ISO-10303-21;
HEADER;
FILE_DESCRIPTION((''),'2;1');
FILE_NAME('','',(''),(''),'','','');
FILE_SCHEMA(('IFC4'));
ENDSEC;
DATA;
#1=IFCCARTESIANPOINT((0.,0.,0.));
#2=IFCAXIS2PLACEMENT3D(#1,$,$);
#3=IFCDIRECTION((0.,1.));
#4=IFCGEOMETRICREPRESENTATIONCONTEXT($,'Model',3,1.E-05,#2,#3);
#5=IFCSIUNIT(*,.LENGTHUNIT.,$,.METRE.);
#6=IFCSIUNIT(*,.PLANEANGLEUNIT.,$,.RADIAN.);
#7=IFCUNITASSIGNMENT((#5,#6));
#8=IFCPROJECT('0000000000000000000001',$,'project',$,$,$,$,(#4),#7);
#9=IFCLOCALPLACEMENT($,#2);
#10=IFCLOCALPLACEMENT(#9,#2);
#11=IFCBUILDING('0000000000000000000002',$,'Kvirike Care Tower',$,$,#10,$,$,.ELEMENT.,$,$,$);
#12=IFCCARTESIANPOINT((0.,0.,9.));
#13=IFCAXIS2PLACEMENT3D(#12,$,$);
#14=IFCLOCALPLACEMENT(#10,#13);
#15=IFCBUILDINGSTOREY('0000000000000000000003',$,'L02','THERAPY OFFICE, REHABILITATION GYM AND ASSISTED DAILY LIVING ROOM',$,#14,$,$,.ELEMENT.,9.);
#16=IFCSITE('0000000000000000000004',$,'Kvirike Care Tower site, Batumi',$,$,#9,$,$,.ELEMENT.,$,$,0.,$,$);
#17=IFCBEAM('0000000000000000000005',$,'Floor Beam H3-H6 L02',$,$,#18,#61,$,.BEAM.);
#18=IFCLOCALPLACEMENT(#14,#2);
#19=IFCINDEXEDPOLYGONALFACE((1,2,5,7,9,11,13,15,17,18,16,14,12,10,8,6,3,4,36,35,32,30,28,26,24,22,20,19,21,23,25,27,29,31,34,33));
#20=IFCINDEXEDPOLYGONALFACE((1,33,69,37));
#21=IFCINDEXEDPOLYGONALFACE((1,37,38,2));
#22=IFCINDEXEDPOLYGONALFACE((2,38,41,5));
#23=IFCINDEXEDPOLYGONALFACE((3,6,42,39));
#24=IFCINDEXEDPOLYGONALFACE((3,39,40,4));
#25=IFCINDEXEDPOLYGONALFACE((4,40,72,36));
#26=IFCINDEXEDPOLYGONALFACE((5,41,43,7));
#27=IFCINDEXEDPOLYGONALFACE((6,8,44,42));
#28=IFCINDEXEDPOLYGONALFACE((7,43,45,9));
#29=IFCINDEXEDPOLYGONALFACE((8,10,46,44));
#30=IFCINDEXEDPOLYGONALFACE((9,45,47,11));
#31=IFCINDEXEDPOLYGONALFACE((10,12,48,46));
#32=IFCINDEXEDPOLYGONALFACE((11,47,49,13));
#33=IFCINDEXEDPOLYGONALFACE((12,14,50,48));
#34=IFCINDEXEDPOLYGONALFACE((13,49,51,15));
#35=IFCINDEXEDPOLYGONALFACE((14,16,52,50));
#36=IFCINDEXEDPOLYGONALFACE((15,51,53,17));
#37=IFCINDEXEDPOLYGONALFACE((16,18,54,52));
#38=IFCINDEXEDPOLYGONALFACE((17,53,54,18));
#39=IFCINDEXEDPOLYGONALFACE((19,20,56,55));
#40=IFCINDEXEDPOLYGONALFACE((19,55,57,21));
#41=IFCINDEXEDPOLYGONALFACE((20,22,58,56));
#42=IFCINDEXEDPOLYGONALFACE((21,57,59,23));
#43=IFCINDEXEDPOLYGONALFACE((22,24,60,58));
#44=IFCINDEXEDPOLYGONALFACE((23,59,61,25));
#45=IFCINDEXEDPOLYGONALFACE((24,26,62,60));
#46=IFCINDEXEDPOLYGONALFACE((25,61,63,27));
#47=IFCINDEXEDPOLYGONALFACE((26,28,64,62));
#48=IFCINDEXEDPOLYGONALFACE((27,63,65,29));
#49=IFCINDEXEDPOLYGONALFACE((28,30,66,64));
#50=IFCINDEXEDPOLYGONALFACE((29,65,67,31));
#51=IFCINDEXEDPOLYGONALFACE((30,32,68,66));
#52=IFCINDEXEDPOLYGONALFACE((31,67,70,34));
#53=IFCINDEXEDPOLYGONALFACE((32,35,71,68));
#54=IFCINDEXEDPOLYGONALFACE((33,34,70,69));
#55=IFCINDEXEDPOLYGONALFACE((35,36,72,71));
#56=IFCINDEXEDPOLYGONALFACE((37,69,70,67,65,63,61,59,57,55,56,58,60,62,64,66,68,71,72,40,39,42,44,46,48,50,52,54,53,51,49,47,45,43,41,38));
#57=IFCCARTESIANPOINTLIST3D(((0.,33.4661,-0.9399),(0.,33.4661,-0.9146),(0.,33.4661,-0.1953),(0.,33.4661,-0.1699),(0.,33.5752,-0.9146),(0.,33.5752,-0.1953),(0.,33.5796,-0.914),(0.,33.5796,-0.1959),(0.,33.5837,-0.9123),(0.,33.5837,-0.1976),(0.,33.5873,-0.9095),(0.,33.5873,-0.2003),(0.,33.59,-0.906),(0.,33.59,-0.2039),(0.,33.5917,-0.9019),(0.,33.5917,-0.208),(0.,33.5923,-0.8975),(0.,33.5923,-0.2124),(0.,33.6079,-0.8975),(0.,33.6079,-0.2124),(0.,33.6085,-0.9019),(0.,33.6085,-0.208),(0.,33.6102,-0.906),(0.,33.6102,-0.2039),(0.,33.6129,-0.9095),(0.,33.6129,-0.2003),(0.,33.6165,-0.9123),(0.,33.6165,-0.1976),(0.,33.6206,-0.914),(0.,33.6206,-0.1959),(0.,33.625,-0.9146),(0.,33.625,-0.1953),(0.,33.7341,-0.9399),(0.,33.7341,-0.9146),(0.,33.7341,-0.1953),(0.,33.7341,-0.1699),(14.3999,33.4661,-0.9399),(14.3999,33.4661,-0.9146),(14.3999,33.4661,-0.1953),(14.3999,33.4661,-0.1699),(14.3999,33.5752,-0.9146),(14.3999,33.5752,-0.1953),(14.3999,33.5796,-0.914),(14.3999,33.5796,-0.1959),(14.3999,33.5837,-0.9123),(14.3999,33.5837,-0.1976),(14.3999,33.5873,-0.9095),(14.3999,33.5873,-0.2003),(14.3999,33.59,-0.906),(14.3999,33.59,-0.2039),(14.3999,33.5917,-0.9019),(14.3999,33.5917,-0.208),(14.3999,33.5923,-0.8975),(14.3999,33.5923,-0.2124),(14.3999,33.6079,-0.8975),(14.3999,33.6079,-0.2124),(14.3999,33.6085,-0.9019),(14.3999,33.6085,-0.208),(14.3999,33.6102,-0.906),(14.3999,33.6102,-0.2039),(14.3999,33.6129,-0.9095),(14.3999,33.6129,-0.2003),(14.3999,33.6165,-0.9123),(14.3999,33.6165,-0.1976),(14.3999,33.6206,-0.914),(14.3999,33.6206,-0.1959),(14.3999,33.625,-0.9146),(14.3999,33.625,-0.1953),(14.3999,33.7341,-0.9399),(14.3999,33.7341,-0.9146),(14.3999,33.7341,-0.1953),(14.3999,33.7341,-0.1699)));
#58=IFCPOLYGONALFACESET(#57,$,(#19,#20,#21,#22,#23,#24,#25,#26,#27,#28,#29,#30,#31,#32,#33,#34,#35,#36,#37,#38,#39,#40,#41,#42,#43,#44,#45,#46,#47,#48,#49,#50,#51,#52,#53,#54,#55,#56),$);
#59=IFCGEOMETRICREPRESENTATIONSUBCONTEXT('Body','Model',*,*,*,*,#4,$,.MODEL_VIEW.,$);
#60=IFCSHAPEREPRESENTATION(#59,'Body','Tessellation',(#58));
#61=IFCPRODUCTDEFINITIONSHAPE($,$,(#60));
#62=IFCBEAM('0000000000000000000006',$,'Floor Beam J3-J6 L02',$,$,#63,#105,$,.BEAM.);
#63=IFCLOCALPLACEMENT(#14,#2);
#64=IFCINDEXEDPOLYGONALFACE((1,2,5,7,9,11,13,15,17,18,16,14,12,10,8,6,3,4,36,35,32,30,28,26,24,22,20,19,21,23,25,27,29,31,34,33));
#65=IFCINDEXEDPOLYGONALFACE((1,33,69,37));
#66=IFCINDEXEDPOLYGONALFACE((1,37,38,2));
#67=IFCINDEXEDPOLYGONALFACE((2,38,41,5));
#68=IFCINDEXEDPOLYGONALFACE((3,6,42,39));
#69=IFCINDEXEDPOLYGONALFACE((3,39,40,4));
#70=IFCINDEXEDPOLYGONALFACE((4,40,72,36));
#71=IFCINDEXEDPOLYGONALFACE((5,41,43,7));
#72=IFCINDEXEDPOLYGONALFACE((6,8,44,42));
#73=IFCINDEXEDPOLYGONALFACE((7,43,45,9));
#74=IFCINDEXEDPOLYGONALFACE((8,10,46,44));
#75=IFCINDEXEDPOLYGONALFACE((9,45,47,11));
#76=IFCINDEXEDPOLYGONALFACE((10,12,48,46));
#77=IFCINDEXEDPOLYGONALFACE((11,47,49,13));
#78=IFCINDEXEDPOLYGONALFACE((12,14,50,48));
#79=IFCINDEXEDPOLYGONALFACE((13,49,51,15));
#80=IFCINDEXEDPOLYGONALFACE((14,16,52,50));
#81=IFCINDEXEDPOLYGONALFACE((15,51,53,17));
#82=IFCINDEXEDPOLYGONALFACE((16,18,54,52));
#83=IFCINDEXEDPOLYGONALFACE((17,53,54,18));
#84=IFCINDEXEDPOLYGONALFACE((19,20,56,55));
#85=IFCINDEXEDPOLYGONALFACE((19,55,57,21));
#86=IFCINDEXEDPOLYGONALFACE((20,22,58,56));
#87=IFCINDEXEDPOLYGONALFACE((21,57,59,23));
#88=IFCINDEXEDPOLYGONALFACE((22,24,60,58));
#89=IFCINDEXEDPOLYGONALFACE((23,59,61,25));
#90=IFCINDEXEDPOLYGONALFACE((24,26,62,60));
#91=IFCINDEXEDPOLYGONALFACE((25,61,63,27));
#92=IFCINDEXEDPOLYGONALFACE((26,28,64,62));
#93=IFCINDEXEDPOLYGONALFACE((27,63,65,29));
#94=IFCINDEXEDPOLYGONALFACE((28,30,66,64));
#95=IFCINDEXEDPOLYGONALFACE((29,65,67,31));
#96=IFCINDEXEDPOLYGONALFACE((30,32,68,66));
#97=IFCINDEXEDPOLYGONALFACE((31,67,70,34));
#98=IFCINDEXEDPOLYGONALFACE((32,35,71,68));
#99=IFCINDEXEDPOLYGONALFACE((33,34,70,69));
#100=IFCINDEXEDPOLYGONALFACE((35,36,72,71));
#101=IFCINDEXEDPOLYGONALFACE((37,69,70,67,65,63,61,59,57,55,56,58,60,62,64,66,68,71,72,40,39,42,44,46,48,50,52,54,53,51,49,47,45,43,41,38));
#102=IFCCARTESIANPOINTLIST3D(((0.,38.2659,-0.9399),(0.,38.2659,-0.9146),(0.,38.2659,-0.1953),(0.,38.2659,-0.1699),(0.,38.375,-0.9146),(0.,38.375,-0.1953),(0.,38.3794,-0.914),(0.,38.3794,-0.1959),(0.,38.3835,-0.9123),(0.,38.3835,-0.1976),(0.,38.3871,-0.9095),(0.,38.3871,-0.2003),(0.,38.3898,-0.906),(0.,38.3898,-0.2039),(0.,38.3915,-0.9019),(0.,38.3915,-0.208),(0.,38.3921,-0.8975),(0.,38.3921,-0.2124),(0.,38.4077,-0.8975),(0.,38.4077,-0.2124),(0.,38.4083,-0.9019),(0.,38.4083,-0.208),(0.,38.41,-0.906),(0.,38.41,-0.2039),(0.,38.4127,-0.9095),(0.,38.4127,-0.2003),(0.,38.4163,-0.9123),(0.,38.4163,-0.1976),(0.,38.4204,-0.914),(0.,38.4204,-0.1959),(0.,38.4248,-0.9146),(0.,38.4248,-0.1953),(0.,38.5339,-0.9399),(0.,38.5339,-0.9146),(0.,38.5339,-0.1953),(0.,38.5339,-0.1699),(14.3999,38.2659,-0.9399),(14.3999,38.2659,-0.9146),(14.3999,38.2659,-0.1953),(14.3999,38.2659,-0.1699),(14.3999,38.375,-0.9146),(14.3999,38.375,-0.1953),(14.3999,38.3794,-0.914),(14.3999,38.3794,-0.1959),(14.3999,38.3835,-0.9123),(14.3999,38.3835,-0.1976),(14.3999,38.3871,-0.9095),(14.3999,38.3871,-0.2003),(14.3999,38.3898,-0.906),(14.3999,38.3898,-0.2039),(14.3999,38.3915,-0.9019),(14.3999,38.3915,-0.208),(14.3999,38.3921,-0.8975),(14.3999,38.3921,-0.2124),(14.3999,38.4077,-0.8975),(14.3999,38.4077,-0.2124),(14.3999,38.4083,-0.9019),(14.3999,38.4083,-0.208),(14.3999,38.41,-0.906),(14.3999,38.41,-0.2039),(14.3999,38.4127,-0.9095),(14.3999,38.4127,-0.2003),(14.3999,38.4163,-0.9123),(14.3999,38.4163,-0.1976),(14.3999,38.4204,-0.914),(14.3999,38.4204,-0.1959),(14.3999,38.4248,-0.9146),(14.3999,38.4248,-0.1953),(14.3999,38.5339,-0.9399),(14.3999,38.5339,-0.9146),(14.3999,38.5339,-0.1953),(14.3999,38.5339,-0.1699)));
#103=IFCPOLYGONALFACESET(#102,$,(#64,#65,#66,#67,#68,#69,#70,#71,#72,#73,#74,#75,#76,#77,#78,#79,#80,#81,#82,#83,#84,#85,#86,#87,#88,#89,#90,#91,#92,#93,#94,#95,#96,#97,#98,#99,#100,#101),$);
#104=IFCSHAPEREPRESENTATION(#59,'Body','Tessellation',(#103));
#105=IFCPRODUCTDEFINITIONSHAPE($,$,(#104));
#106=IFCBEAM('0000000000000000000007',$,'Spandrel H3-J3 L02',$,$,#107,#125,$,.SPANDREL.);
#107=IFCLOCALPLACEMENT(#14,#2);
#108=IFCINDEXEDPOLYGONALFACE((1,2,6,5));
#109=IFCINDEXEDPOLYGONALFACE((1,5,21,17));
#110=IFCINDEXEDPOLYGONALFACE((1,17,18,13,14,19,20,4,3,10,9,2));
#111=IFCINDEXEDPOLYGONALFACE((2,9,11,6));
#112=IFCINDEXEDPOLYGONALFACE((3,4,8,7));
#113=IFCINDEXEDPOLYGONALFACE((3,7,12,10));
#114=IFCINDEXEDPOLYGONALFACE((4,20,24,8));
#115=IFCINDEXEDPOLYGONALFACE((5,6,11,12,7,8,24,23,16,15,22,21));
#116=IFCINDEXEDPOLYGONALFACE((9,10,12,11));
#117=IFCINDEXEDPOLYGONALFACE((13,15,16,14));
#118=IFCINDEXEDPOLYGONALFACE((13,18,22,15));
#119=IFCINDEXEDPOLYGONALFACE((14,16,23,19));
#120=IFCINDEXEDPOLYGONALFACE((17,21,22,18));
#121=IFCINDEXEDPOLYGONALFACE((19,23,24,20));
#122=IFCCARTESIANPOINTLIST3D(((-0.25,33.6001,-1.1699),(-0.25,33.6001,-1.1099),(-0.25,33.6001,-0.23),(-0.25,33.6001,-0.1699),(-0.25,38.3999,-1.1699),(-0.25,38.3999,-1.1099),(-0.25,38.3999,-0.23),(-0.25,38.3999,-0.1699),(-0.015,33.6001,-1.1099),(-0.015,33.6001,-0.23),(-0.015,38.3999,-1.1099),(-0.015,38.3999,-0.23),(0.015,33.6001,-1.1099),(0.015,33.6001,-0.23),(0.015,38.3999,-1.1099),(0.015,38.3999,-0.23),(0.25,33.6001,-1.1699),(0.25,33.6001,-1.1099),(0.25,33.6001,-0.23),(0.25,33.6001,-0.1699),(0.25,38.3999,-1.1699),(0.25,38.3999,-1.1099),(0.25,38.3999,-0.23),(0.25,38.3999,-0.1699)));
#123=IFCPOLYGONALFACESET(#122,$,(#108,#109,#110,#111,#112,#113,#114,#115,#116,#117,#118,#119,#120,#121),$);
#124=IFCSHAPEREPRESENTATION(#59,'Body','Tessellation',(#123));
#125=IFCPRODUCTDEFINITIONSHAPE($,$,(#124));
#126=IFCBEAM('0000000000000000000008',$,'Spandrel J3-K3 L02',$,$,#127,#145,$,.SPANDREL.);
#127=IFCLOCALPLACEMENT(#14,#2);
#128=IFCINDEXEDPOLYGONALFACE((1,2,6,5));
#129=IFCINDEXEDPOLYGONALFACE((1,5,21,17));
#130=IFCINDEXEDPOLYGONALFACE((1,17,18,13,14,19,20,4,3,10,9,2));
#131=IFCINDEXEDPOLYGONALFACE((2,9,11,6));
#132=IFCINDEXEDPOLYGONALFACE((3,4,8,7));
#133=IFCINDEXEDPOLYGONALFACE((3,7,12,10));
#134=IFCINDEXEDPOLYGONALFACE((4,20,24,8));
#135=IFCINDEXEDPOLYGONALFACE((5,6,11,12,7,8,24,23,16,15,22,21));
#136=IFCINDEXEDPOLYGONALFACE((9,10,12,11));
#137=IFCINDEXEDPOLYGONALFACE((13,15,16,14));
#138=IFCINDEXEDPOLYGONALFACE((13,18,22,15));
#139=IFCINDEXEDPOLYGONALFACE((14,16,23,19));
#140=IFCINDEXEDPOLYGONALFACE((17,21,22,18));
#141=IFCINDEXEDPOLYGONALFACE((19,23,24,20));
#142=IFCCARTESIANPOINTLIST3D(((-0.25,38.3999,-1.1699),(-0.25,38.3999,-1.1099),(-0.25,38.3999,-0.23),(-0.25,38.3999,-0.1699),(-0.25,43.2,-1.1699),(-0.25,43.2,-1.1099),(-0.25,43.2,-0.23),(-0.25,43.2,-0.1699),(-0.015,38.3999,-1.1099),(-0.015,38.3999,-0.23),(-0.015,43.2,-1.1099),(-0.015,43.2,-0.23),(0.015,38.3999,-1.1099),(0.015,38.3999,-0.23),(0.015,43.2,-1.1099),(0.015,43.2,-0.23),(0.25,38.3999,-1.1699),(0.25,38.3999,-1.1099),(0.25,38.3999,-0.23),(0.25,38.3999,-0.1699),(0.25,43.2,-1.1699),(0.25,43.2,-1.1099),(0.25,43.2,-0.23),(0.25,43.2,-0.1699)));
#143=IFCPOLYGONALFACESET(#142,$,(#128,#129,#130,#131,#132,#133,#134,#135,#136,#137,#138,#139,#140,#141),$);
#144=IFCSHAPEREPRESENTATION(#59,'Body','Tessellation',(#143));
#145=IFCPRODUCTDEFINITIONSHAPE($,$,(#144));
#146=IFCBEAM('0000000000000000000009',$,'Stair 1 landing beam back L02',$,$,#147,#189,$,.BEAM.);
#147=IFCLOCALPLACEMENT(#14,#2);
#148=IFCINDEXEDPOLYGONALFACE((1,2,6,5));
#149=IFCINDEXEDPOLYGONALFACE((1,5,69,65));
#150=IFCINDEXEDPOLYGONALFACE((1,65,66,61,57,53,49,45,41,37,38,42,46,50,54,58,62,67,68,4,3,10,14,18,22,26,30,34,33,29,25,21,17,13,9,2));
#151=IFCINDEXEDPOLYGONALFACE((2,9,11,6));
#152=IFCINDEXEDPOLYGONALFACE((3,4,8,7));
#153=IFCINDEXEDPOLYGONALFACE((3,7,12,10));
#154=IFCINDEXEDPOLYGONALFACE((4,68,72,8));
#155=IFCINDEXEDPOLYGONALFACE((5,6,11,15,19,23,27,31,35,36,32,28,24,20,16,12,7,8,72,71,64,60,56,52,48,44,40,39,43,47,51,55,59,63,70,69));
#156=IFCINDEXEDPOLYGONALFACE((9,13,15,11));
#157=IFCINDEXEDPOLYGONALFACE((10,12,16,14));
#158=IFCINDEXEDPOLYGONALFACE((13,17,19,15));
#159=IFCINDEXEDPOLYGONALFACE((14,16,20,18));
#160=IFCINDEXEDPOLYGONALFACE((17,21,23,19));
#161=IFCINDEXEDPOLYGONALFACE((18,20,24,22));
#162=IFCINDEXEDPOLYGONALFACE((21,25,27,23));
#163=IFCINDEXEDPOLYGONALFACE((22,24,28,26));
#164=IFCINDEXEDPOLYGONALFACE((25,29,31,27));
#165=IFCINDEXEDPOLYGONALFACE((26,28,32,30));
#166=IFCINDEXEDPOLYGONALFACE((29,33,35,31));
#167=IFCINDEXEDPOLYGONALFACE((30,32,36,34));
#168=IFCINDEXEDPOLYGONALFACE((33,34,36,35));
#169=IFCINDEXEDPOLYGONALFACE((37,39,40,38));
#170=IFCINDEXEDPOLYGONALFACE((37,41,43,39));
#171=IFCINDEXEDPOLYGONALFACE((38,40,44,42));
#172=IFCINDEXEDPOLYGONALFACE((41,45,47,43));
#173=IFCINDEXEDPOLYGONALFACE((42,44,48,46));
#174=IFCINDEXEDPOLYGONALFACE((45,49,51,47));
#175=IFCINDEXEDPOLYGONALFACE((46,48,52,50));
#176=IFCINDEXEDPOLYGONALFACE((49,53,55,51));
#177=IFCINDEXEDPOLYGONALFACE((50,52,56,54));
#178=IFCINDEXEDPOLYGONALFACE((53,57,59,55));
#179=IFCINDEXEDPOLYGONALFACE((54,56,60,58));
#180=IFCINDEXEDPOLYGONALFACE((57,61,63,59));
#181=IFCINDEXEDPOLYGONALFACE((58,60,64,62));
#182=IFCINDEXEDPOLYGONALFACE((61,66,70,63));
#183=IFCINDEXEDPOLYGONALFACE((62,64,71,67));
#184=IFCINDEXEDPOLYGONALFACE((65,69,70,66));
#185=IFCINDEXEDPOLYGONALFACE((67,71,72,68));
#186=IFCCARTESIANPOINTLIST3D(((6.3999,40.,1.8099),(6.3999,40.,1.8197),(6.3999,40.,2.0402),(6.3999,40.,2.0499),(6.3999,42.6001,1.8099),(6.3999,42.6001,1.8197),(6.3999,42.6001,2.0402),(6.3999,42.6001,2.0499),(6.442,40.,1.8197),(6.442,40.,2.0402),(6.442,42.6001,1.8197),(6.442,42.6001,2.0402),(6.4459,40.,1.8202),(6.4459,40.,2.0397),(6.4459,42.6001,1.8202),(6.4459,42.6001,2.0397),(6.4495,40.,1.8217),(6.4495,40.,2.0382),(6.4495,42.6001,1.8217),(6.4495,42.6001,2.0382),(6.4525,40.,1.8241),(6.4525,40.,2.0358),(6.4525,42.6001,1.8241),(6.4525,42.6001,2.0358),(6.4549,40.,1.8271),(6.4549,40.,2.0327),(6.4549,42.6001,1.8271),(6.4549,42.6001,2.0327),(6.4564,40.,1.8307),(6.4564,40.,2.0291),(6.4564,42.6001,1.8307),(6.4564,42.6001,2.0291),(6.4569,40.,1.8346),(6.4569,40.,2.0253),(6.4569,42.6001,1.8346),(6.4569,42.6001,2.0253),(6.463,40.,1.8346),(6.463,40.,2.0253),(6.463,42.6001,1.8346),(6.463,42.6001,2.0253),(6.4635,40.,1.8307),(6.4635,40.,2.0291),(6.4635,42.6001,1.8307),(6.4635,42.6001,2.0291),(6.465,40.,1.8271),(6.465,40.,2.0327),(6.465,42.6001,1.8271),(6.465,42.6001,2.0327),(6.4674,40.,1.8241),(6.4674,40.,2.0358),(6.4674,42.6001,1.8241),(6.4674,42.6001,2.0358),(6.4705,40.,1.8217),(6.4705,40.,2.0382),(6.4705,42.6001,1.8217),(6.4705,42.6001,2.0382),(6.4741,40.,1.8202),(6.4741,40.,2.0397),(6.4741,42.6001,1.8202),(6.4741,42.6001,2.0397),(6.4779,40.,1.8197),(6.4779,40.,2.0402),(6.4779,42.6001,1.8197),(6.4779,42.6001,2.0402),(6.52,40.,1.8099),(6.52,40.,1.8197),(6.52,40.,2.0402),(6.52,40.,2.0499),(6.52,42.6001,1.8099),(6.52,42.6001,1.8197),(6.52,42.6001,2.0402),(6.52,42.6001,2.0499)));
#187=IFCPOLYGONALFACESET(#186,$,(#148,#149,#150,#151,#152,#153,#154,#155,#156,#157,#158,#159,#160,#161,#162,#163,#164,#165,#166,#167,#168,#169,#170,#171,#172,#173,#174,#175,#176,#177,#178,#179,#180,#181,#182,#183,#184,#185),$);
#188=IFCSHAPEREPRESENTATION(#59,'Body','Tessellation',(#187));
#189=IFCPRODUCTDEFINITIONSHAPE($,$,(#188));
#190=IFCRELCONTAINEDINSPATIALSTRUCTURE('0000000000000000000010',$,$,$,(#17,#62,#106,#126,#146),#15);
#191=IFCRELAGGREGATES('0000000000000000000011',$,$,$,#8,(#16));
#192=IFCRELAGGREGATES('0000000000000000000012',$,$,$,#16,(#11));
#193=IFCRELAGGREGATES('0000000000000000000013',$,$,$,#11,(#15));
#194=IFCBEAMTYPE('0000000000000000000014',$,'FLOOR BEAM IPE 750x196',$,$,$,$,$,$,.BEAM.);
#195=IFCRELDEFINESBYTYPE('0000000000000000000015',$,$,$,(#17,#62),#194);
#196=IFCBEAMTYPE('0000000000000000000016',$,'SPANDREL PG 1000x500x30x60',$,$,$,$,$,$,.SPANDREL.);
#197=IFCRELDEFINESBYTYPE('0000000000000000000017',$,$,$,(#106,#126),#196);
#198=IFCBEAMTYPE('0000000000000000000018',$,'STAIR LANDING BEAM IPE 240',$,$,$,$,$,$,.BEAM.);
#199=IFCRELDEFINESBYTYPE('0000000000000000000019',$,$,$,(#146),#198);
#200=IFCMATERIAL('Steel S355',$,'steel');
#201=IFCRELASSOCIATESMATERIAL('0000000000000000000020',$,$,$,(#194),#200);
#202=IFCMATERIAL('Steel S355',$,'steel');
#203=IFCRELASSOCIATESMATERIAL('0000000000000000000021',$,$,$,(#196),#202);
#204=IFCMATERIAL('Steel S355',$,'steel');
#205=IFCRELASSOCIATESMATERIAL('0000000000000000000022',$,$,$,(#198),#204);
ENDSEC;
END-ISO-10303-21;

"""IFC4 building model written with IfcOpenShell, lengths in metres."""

from ifc_helpers import new_model, si_unit, direction, frame, origin, origin_2d, place, context, subcontext, project, spatial, i_section, extrude, material, material_profile, profile_set, type_object, element, save


model = new_model("IFC4")

# Units and contexts
model_context = context("Model", 3, precision=1e-05, world=origin(), true_north=direction((0.0, 1.0)))
body_context = subcontext(model_context, "Body", "Model", "MODEL_VIEW")
ifc_project = project(units=[si_unit("LENGTHUNIT", "METRE"), si_unit("PLANEANGLEUNIT", "RADIAN")], contexts=[model_context])

# Site, building, storey
site_placement = place(None, origin())
site = spatial("IfcSite", under=ifc_project, at=site_placement, Name="Kvirike Care Tower site, Batumi", CompositionType="ELEMENT", RefElevation=0.0)
building_placement = place(site_placement, origin())
building = spatial("IfcBuilding", under=site, at=building_placement, Name="Kvirike Care Tower", CompositionType="ELEMENT")
storey_placement = place(building_placement, frame((0.0, 0.0, 9.0)))
storey = spatial("IfcBuildingStorey", under=building, at=storey_placement, Name="L02", Description="THERAPY OFFICE, REHABILITATION GYM AND ASSISTED DAILY LIVING ROOM", CompositionType="ELEMENT", Elevation=9.0)

# Beams
ifc_material_1 = material(Name="Steel S355", Category="steel")
ifc_material_profile_1 = material_profile(ifc_material_1, i_section(OverallWidth=0.2681, OverallDepth=0.77, WebThickness=0.0156, FlangeThickness=0.0254, FilletRadius=0.0171, at=origin_2d()), Name="IPE 750x196")
ifc_profile_set_1 = profile_set([ifc_material_profile_1], Name="Steel S355")
beam_type_1 = type_object("IfcBeamType", Name="FLOOR BEAM IPE 750x196", PredefinedType="BEAM", material=ifc_profile_set_1)
for number, where, z_axis, x_axis, name in (
    (1, (0.0, 33.6001, -0.5549), (1.0, 0.0, 0.0), (0.0, 1.0, 0.0), "Floor Beam H3-H6 L02"),
    (2, (0.0, 38.3999, -0.5549), (1.0, 0.0, 0.0), (0.0, 1.0, 0.0), "Floor Beam J3-J6 L02"),
):
    element("IfcBeam", number, at=place(storey_placement, frame(where, z_axis=z_axis, x_axis=x_axis)), inside=storey, type_object=beam_type_1, Name=name, PredefinedType="BEAM", context=body_context, shape_type="SweptSolid", body=[
        extrude(i_section(OverallWidth=0.2681, OverallDepth=0.77, WebThickness=0.0156, FlangeThickness=0.0254, FilletRadius=0.0171, at=origin_2d()), origin(), (0.0, 0.0, 1.0), 14.3999),
    ])
ifc_material_2 = material(Name="Steel S355", Category="steel")
ifc_material_profile_2 = material_profile(ifc_material_2, i_section(OverallWidth=0.5, OverallDepth=1.0, WebThickness=0.03, FlangeThickness=0.0601, at=origin_2d()), Name="PG 1000x500x30x60")
ifc_profile_set_2 = profile_set([ifc_material_profile_2], Name="Steel S355")
beam_type_2 = type_object("IfcBeamType", Name="SPANDREL PG 1000x500x30x60", PredefinedType="SPANDREL", material=ifc_profile_set_2)
beam_1_placement = place(storey_placement, frame((0.0, 33.6001, -0.6699), z_axis=(0.0, 1.0, 0.0), x_axis=(-1.0, 0.0, 0.0)))
element("IfcBeam", 3, at=beam_1_placement, inside=storey, type_object=beam_type_2, Name="Spandrel H3-J3 L02", PredefinedType="SPANDREL", context=body_context, shape_type="SweptSolid", body=[
    extrude(i_section(OverallWidth=0.5, OverallDepth=1.0, WebThickness=0.03, FlangeThickness=0.0601, at=origin_2d()), origin(), (0.0, 0.0, 1.0), 4.7998),
])
beam_2_placement = place(storey_placement, frame((0.0, 38.3999, -0.6699), z_axis=(0.0, 1.0, 0.0), x_axis=(-1.0, 0.0, 0.0)))
element("IfcBeam", 4, at=beam_2_placement, inside=storey, type_object=beam_type_2, Name="Spandrel J3-K3 L02", PredefinedType="SPANDREL", context=body_context, shape_type="SweptSolid", body=[
    extrude(i_section(OverallWidth=0.5, OverallDepth=1.0, WebThickness=0.03, FlangeThickness=0.0601, at=origin_2d()), origin(), (0.0, 0.0, 1.0), 4.8),
])
ifc_material_3 = material(Name="Steel S355", Category="steel")
ifc_material_profile_3 = material_profile(ifc_material_3, i_section(OverallWidth=0.1201, OverallDepth=0.24, WebThickness=0.0061, FlangeThickness=0.0098, FilletRadius=0.0149, at=origin_2d()), Name="IPE 240")
ifc_profile_set_3 = profile_set([ifc_material_profile_3], Name="Steel S355")
beam_type_3 = type_object("IfcBeamType", Name="STAIR LANDING BEAM IPE 240", PredefinedType="BEAM", material=ifc_profile_set_3)
beam_3_placement = place(storey_placement, frame((6.46, 42.6001, 1.9299), z_axis=(0.0, -1.0, 0.0), x_axis=(1.0, 0.0, 0.0)))
element("IfcBeam", 5, at=beam_3_placement, inside=storey, type_object=beam_type_3, Name="Stair 1 landing beam back L02", PredefinedType="BEAM", context=body_context, shape_type="SweptSolid", body=[
    extrude(i_section(OverallWidth=0.1201, OverallDepth=0.24, WebThickness=0.0061, FlangeThickness=0.0098, FilletRadius=0.0149, at=origin_2d()), origin(), (0.0, 0.0, 1.0), 2.6001),
])

save(model, "model.ifc")
